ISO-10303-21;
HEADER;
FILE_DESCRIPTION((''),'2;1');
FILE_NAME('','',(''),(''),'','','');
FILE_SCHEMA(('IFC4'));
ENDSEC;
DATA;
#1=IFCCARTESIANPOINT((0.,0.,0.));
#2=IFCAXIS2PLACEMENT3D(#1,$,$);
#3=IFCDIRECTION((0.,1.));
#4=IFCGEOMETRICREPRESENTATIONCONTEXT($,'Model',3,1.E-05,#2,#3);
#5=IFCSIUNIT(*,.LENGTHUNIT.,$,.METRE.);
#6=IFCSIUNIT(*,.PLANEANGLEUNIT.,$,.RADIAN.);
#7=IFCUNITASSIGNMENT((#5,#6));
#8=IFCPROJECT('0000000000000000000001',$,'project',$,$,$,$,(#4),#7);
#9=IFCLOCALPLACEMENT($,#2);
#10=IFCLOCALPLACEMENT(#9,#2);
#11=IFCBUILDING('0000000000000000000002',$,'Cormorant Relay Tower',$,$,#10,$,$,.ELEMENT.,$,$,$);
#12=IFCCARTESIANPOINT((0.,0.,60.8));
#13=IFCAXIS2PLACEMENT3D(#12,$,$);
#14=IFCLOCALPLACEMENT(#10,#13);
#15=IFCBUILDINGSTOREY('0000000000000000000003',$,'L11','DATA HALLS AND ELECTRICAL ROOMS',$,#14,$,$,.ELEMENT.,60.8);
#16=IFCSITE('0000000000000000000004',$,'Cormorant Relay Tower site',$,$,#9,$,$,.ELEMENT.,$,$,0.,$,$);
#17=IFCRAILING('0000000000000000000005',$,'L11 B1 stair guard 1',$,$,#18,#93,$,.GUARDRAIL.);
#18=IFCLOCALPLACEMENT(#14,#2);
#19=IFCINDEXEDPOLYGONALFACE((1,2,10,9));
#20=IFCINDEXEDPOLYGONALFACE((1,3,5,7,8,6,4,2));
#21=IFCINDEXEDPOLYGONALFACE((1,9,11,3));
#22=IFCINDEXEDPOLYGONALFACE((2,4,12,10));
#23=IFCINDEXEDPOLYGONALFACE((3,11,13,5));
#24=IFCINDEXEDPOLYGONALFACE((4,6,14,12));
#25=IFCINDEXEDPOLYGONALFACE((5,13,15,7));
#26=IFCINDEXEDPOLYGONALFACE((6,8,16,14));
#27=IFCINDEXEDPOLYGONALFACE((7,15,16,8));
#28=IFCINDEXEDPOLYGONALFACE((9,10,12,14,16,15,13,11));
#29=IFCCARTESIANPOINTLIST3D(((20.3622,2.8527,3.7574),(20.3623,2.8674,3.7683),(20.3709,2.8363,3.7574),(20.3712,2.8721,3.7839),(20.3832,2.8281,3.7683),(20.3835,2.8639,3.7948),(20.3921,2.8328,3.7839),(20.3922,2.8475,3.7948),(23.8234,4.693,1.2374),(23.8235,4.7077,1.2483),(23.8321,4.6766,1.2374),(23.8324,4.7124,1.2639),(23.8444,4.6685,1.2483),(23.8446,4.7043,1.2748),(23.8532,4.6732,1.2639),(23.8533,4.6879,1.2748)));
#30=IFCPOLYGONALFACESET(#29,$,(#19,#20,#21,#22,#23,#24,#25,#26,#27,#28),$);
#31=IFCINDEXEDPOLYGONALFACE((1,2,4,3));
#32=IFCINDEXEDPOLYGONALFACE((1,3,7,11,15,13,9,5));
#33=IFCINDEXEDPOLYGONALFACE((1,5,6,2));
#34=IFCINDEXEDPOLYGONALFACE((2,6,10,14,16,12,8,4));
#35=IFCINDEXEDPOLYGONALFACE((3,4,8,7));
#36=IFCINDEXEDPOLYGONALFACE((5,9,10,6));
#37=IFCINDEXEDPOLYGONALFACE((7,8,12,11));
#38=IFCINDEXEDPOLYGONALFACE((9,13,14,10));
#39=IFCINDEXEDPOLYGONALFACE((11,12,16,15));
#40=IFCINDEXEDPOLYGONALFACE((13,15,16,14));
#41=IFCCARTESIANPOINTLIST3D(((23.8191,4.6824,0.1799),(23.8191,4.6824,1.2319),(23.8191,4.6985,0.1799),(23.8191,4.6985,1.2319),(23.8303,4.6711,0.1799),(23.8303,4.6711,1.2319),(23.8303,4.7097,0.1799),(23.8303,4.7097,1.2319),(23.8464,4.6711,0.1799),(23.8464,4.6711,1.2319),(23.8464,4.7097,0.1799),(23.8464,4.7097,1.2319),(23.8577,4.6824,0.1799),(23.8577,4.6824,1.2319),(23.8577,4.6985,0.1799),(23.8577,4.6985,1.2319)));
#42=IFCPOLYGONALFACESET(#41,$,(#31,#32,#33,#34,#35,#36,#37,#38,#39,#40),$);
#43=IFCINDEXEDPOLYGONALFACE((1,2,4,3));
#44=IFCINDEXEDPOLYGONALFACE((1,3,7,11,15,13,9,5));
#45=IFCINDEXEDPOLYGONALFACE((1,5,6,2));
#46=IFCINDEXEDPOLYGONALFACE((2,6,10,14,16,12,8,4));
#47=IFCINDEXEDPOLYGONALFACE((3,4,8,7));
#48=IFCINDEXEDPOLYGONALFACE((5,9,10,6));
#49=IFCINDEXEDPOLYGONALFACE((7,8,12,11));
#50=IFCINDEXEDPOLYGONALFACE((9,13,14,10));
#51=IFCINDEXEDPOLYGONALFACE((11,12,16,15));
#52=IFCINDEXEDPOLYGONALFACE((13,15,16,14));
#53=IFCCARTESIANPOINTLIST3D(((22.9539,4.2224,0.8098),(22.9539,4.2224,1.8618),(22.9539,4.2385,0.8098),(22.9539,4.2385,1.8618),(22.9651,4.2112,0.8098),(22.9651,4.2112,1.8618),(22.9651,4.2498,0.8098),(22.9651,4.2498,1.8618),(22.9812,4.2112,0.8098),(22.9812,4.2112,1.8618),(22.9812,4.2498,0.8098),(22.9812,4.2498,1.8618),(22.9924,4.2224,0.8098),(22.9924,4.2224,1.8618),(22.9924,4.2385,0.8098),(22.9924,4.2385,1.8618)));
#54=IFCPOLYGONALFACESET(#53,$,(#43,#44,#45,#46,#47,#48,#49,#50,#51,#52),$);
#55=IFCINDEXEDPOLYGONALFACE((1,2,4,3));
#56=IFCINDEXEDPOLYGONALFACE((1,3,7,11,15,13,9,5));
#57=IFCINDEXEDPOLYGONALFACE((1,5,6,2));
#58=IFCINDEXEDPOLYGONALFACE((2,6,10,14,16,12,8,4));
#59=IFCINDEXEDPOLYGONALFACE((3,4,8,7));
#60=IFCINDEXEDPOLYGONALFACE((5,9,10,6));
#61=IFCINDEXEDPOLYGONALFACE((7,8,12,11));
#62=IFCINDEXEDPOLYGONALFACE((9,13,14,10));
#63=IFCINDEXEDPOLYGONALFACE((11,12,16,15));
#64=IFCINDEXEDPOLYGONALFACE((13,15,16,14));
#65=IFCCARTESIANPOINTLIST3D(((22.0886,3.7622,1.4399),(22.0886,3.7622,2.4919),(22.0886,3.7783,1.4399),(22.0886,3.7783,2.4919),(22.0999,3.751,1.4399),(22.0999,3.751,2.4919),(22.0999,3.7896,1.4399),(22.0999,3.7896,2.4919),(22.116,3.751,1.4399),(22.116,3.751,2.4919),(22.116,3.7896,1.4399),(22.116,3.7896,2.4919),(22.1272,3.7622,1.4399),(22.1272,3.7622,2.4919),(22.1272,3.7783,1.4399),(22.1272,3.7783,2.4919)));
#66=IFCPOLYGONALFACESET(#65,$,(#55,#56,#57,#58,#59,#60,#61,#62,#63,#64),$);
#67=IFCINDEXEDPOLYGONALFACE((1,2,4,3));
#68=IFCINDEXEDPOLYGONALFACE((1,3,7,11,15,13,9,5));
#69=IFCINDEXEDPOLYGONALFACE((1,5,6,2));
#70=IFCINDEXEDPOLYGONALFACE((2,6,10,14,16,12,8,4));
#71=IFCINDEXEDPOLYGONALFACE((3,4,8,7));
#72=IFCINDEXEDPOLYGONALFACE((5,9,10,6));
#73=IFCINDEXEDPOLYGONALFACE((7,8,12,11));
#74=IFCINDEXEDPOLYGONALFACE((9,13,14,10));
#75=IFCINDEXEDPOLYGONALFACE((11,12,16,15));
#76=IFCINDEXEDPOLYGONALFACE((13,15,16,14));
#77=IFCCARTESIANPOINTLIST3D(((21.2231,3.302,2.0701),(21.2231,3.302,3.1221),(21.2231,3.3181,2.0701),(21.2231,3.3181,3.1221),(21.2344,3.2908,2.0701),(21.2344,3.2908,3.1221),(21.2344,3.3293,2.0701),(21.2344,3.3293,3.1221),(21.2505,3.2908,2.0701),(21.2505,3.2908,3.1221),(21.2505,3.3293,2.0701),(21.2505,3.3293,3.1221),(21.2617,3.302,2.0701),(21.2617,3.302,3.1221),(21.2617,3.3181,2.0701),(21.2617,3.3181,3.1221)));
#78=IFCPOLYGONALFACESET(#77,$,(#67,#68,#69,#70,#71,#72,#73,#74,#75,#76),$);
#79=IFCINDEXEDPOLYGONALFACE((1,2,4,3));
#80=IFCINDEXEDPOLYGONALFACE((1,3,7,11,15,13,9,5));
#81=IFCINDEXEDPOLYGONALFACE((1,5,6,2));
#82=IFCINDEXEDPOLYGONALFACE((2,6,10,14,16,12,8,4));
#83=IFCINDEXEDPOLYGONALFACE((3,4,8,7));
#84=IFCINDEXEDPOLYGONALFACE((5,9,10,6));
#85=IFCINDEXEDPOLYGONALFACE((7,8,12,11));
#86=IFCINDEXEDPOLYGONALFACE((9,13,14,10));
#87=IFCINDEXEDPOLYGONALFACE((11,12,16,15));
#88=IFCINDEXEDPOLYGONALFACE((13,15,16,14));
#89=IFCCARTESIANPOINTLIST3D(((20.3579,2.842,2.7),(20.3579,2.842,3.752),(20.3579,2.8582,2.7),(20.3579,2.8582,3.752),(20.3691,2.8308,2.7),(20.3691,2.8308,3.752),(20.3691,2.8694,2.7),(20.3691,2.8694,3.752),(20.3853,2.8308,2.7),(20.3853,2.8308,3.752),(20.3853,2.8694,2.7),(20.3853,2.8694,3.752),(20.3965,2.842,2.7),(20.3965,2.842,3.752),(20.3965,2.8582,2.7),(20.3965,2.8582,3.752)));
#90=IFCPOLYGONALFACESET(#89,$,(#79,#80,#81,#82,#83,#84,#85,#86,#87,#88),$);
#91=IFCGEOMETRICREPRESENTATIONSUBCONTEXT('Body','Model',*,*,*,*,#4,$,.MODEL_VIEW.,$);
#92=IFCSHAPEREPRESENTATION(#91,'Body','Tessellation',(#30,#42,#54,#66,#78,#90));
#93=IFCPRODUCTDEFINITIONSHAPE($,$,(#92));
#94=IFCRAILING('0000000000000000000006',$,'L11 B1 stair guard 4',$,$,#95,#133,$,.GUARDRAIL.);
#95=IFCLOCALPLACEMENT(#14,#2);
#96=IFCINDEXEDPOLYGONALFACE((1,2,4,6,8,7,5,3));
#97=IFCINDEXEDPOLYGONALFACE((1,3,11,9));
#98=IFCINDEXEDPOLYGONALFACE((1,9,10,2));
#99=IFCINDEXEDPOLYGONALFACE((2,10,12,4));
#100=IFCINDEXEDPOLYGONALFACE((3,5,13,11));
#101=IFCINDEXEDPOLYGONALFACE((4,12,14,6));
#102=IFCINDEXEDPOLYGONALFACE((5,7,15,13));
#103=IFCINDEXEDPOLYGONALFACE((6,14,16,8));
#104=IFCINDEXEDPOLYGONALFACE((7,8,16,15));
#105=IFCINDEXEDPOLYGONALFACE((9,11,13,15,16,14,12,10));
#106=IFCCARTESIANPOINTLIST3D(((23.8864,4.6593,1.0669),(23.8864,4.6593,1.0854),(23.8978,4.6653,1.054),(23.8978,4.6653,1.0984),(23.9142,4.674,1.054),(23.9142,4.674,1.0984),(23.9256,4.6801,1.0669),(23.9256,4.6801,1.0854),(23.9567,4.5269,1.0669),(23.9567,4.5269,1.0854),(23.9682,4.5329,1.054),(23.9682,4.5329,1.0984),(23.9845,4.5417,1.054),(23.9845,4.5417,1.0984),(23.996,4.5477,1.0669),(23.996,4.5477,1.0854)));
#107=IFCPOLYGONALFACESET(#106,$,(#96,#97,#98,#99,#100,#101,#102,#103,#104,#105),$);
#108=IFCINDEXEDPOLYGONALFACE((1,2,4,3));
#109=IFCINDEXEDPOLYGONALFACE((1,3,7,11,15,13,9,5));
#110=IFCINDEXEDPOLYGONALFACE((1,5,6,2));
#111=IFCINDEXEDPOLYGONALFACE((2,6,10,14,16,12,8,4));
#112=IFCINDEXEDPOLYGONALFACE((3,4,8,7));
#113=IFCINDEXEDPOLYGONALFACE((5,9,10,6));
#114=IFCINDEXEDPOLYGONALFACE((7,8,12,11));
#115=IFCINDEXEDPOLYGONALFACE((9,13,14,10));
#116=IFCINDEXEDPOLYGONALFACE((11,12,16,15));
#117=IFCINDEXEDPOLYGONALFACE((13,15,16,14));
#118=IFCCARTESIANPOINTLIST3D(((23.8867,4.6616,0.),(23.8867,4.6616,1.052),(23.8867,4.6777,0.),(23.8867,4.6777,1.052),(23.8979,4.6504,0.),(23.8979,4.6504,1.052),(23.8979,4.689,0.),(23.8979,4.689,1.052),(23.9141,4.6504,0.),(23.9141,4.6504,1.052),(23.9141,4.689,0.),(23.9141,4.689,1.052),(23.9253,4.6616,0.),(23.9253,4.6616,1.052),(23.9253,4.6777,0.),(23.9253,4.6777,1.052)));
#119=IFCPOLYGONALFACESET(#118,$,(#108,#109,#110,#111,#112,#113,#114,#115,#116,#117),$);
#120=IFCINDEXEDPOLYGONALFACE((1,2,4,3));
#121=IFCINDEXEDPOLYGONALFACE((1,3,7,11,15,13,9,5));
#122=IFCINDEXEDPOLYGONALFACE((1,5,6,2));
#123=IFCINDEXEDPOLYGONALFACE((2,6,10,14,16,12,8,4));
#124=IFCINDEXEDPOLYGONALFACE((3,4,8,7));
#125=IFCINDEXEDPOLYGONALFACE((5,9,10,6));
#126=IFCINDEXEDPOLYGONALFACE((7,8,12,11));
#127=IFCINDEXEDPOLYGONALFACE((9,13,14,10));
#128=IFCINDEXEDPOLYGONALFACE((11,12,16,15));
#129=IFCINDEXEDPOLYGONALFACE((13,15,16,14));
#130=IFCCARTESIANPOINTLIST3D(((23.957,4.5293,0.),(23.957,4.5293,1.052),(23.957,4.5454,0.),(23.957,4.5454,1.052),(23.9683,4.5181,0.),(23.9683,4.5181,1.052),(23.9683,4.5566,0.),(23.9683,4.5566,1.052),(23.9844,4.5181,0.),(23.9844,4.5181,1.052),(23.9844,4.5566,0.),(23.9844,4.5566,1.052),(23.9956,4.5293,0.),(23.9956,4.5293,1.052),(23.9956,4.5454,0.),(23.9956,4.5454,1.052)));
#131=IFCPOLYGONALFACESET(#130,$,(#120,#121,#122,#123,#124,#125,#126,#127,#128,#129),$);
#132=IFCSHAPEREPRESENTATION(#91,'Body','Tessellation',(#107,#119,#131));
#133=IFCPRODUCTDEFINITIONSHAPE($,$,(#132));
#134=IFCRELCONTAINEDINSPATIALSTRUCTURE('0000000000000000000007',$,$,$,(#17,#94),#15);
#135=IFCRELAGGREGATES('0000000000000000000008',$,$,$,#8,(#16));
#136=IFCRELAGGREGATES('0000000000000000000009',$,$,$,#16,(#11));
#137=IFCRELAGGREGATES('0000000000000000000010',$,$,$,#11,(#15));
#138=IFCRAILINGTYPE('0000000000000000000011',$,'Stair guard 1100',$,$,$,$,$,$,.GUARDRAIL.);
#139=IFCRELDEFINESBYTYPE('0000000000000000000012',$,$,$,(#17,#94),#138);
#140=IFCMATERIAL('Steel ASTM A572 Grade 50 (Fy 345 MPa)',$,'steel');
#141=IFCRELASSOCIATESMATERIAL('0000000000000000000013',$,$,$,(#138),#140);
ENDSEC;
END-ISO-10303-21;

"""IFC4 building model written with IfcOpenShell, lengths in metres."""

from ifc_helpers import new_model, si_unit, direction, frame, origin, place, context, subcontext, project, spatial, polyline, outline, extrude, material, type_object, element, save


model = new_model("IFC4")

# Units and contexts
model_context = context("Model", 3, precision=1e-05, world=origin(), true_north=direction((0.0, 1.0)))
body_context = subcontext(model_context, "Body", "Model", "MODEL_VIEW")
ifc_project = project(units=[si_unit("LENGTHUNIT", "METRE"), si_unit("PLANEANGLEUNIT", "RADIAN")], contexts=[model_context])

# Site, building, storey
site_placement = place(None, origin())
site = spatial("IfcSite", under=ifc_project, at=site_placement, Name="Cormorant Relay Tower site", CompositionType="ELEMENT", RefElevation=0.0)
building_placement = place(site_placement, origin())
building = spatial("IfcBuilding", under=site, at=building_placement, Name="Cormorant Relay Tower", CompositionType="ELEMENT")
storey_placement = place(building_placement, frame((0.0, 0.0, 60.8)))
storey = spatial("IfcBuildingStorey", under=building, at=storey_placement, Name="L11", Description="DATA HALLS AND ELECTRICAL ROOMS", CompositionType="ELEMENT", Elevation=60.8)

# Railings
ifc_material_1 = material(Name="Steel ASTM A572 Grade 50 (Fy 345 MPa)", Category="steel")
railing_type_1 = type_object("IfcRailingType", Name="Stair guard 1100", PredefinedType="GUARDRAIL", material=ifc_material_1)
railing_1_placement = place(storey_placement, frame((23.8384, 4.6904, 0.1799)))
element("IfcRailing", 1, at=railing_1_placement, inside=storey, type_object=railing_type_1, Name="L11 B1 stair guard 1", PredefinedType="GUARDRAIL", context=body_context, shape_type="SweptSolid", body=[
    extrude(outline(polyline([(0.0222, 0.0093), (0.0093, 0.0222), (-0.0093, 0.0222), (-0.0222, 0.0093), (-0.0222, -0.0093), (-0.0093, -0.0222), (0.0093, -0.0222), (0.0222, -0.0093), (0.0222, 0.0093)])), frame((0.0, 0.0, 1.0762), z_axis=(-0.742717, -0.394907, 0.540758), x_axis=(0.469469, -0.882949, 0.0)), (0.0, 0.0, 1.0), 4.6602),
    extrude(outline(polyline([(0.0193, 0.0081), (0.0081, 0.0193), (-0.0081, 0.0193), (-0.0193, 0.0081), (-0.0193, -0.0081), (-0.0081, -0.0193), (0.0081, -0.0193), (0.0193, -0.0081), (0.0193, 0.0081)])), origin(), (0.0, 0.0, 1.0), 1.052),
    extrude(outline(polyline([(0.0193, 0.0081), (0.0081, 0.0193), (-0.0081, 0.0193), (-0.0193, 0.0081), (-0.0193, -0.0081), (-0.0081, -0.0193), (0.0081, -0.0193), (0.0193, -0.0081), (0.0193, 0.0081)])), frame((-0.8652, -0.46, 0.6299)), (0.0, 0.0, 1.0), 1.052),
    extrude(outline(polyline([(0.0193, 0.0081), (0.0081, 0.0193), (-0.0081, 0.0193), (-0.0193, 0.0081), (-0.0193, -0.0081), (-0.0081, -0.0193), (0.0081, -0.0193), (0.0193, -0.0081), (0.0193, 0.0081)])), frame((-1.7305, -0.9202, 1.26)), (0.0, 0.0, 1.0), 1.052),
    extrude(outline(polyline([(0.0193, 0.0081), (0.0081, 0.0193), (-0.0081, 0.0193), (-0.0193, 0.0081), (-0.0193, -0.0081), (-0.0081, -0.0193), (0.0081, -0.0193), (0.0193, -0.0081), (0.0193, 0.0081)])), frame((-2.5959, -1.3804, 1.8901)), (0.0, 0.0, 1.0), 1.052),
    extrude(outline(polyline([(0.0193, 0.0081), (0.0081, 0.0193), (-0.0081, 0.0193), (-0.0193, 0.0081), (-0.0193, -0.0081), (-0.0081, -0.0193), (0.0081, -0.0193), (0.0193, -0.0081), (0.0193, 0.0081)])), frame((-3.4612, -1.8403, 2.52)), (0.0, 0.0, 1.0), 1.052),
])
railing_2_placement = place(storey_placement, frame((23.906, 4.6697, 0.0)))
element("IfcRailing", 2, at=railing_2_placement, inside=storey, type_object=railing_type_1, Name="L11 B1 stair guard 4", PredefinedType="GUARDRAIL", context=body_context, shape_type="SweptSolid", body=[
    extrude(outline(polyline([(0.0222, 0.0093), (0.0093, 0.0222), (-0.0093, 0.0222), (-0.0222, 0.0093), (-0.0222, -0.0093), (-0.0093, -0.0222), (0.0093, -0.0222), (0.0222, -0.0093), (0.0222, 0.0093)])), frame((0.0, 0.0, 1.0762), z_axis=(0.469235, -0.883074, 0.0), x_axis=(0.883074, 0.469235, 0.0)), (0.0, 0.0, 1.0), 0.1499),
    extrude(outline(polyline([(0.0193, 0.0081), (0.0081, 0.0193), (-0.0081, 0.0193), (-0.0193, 0.0081), (-0.0193, -0.0081), (-0.0081, -0.0193), (0.0081, -0.0193), (0.0193, -0.0081), (0.0193, 0.0081)])), origin(), (0.0, 0.0, 1.0), 1.052),
    extrude(outline(polyline([(0.0193, 0.0081), (0.0081, 0.0193), (-0.0081, 0.0193), (-0.0193, 0.0081), (-0.0193, -0.0081), (-0.0081, -0.0193), (0.0081, -0.0193), (0.0193, -0.0081), (0.0193, 0.0081)])), frame((0.0703, -0.1323, 0.0)), (0.0, 0.0, 1.0), 1.052),
])

save(model, "model.ifc")
